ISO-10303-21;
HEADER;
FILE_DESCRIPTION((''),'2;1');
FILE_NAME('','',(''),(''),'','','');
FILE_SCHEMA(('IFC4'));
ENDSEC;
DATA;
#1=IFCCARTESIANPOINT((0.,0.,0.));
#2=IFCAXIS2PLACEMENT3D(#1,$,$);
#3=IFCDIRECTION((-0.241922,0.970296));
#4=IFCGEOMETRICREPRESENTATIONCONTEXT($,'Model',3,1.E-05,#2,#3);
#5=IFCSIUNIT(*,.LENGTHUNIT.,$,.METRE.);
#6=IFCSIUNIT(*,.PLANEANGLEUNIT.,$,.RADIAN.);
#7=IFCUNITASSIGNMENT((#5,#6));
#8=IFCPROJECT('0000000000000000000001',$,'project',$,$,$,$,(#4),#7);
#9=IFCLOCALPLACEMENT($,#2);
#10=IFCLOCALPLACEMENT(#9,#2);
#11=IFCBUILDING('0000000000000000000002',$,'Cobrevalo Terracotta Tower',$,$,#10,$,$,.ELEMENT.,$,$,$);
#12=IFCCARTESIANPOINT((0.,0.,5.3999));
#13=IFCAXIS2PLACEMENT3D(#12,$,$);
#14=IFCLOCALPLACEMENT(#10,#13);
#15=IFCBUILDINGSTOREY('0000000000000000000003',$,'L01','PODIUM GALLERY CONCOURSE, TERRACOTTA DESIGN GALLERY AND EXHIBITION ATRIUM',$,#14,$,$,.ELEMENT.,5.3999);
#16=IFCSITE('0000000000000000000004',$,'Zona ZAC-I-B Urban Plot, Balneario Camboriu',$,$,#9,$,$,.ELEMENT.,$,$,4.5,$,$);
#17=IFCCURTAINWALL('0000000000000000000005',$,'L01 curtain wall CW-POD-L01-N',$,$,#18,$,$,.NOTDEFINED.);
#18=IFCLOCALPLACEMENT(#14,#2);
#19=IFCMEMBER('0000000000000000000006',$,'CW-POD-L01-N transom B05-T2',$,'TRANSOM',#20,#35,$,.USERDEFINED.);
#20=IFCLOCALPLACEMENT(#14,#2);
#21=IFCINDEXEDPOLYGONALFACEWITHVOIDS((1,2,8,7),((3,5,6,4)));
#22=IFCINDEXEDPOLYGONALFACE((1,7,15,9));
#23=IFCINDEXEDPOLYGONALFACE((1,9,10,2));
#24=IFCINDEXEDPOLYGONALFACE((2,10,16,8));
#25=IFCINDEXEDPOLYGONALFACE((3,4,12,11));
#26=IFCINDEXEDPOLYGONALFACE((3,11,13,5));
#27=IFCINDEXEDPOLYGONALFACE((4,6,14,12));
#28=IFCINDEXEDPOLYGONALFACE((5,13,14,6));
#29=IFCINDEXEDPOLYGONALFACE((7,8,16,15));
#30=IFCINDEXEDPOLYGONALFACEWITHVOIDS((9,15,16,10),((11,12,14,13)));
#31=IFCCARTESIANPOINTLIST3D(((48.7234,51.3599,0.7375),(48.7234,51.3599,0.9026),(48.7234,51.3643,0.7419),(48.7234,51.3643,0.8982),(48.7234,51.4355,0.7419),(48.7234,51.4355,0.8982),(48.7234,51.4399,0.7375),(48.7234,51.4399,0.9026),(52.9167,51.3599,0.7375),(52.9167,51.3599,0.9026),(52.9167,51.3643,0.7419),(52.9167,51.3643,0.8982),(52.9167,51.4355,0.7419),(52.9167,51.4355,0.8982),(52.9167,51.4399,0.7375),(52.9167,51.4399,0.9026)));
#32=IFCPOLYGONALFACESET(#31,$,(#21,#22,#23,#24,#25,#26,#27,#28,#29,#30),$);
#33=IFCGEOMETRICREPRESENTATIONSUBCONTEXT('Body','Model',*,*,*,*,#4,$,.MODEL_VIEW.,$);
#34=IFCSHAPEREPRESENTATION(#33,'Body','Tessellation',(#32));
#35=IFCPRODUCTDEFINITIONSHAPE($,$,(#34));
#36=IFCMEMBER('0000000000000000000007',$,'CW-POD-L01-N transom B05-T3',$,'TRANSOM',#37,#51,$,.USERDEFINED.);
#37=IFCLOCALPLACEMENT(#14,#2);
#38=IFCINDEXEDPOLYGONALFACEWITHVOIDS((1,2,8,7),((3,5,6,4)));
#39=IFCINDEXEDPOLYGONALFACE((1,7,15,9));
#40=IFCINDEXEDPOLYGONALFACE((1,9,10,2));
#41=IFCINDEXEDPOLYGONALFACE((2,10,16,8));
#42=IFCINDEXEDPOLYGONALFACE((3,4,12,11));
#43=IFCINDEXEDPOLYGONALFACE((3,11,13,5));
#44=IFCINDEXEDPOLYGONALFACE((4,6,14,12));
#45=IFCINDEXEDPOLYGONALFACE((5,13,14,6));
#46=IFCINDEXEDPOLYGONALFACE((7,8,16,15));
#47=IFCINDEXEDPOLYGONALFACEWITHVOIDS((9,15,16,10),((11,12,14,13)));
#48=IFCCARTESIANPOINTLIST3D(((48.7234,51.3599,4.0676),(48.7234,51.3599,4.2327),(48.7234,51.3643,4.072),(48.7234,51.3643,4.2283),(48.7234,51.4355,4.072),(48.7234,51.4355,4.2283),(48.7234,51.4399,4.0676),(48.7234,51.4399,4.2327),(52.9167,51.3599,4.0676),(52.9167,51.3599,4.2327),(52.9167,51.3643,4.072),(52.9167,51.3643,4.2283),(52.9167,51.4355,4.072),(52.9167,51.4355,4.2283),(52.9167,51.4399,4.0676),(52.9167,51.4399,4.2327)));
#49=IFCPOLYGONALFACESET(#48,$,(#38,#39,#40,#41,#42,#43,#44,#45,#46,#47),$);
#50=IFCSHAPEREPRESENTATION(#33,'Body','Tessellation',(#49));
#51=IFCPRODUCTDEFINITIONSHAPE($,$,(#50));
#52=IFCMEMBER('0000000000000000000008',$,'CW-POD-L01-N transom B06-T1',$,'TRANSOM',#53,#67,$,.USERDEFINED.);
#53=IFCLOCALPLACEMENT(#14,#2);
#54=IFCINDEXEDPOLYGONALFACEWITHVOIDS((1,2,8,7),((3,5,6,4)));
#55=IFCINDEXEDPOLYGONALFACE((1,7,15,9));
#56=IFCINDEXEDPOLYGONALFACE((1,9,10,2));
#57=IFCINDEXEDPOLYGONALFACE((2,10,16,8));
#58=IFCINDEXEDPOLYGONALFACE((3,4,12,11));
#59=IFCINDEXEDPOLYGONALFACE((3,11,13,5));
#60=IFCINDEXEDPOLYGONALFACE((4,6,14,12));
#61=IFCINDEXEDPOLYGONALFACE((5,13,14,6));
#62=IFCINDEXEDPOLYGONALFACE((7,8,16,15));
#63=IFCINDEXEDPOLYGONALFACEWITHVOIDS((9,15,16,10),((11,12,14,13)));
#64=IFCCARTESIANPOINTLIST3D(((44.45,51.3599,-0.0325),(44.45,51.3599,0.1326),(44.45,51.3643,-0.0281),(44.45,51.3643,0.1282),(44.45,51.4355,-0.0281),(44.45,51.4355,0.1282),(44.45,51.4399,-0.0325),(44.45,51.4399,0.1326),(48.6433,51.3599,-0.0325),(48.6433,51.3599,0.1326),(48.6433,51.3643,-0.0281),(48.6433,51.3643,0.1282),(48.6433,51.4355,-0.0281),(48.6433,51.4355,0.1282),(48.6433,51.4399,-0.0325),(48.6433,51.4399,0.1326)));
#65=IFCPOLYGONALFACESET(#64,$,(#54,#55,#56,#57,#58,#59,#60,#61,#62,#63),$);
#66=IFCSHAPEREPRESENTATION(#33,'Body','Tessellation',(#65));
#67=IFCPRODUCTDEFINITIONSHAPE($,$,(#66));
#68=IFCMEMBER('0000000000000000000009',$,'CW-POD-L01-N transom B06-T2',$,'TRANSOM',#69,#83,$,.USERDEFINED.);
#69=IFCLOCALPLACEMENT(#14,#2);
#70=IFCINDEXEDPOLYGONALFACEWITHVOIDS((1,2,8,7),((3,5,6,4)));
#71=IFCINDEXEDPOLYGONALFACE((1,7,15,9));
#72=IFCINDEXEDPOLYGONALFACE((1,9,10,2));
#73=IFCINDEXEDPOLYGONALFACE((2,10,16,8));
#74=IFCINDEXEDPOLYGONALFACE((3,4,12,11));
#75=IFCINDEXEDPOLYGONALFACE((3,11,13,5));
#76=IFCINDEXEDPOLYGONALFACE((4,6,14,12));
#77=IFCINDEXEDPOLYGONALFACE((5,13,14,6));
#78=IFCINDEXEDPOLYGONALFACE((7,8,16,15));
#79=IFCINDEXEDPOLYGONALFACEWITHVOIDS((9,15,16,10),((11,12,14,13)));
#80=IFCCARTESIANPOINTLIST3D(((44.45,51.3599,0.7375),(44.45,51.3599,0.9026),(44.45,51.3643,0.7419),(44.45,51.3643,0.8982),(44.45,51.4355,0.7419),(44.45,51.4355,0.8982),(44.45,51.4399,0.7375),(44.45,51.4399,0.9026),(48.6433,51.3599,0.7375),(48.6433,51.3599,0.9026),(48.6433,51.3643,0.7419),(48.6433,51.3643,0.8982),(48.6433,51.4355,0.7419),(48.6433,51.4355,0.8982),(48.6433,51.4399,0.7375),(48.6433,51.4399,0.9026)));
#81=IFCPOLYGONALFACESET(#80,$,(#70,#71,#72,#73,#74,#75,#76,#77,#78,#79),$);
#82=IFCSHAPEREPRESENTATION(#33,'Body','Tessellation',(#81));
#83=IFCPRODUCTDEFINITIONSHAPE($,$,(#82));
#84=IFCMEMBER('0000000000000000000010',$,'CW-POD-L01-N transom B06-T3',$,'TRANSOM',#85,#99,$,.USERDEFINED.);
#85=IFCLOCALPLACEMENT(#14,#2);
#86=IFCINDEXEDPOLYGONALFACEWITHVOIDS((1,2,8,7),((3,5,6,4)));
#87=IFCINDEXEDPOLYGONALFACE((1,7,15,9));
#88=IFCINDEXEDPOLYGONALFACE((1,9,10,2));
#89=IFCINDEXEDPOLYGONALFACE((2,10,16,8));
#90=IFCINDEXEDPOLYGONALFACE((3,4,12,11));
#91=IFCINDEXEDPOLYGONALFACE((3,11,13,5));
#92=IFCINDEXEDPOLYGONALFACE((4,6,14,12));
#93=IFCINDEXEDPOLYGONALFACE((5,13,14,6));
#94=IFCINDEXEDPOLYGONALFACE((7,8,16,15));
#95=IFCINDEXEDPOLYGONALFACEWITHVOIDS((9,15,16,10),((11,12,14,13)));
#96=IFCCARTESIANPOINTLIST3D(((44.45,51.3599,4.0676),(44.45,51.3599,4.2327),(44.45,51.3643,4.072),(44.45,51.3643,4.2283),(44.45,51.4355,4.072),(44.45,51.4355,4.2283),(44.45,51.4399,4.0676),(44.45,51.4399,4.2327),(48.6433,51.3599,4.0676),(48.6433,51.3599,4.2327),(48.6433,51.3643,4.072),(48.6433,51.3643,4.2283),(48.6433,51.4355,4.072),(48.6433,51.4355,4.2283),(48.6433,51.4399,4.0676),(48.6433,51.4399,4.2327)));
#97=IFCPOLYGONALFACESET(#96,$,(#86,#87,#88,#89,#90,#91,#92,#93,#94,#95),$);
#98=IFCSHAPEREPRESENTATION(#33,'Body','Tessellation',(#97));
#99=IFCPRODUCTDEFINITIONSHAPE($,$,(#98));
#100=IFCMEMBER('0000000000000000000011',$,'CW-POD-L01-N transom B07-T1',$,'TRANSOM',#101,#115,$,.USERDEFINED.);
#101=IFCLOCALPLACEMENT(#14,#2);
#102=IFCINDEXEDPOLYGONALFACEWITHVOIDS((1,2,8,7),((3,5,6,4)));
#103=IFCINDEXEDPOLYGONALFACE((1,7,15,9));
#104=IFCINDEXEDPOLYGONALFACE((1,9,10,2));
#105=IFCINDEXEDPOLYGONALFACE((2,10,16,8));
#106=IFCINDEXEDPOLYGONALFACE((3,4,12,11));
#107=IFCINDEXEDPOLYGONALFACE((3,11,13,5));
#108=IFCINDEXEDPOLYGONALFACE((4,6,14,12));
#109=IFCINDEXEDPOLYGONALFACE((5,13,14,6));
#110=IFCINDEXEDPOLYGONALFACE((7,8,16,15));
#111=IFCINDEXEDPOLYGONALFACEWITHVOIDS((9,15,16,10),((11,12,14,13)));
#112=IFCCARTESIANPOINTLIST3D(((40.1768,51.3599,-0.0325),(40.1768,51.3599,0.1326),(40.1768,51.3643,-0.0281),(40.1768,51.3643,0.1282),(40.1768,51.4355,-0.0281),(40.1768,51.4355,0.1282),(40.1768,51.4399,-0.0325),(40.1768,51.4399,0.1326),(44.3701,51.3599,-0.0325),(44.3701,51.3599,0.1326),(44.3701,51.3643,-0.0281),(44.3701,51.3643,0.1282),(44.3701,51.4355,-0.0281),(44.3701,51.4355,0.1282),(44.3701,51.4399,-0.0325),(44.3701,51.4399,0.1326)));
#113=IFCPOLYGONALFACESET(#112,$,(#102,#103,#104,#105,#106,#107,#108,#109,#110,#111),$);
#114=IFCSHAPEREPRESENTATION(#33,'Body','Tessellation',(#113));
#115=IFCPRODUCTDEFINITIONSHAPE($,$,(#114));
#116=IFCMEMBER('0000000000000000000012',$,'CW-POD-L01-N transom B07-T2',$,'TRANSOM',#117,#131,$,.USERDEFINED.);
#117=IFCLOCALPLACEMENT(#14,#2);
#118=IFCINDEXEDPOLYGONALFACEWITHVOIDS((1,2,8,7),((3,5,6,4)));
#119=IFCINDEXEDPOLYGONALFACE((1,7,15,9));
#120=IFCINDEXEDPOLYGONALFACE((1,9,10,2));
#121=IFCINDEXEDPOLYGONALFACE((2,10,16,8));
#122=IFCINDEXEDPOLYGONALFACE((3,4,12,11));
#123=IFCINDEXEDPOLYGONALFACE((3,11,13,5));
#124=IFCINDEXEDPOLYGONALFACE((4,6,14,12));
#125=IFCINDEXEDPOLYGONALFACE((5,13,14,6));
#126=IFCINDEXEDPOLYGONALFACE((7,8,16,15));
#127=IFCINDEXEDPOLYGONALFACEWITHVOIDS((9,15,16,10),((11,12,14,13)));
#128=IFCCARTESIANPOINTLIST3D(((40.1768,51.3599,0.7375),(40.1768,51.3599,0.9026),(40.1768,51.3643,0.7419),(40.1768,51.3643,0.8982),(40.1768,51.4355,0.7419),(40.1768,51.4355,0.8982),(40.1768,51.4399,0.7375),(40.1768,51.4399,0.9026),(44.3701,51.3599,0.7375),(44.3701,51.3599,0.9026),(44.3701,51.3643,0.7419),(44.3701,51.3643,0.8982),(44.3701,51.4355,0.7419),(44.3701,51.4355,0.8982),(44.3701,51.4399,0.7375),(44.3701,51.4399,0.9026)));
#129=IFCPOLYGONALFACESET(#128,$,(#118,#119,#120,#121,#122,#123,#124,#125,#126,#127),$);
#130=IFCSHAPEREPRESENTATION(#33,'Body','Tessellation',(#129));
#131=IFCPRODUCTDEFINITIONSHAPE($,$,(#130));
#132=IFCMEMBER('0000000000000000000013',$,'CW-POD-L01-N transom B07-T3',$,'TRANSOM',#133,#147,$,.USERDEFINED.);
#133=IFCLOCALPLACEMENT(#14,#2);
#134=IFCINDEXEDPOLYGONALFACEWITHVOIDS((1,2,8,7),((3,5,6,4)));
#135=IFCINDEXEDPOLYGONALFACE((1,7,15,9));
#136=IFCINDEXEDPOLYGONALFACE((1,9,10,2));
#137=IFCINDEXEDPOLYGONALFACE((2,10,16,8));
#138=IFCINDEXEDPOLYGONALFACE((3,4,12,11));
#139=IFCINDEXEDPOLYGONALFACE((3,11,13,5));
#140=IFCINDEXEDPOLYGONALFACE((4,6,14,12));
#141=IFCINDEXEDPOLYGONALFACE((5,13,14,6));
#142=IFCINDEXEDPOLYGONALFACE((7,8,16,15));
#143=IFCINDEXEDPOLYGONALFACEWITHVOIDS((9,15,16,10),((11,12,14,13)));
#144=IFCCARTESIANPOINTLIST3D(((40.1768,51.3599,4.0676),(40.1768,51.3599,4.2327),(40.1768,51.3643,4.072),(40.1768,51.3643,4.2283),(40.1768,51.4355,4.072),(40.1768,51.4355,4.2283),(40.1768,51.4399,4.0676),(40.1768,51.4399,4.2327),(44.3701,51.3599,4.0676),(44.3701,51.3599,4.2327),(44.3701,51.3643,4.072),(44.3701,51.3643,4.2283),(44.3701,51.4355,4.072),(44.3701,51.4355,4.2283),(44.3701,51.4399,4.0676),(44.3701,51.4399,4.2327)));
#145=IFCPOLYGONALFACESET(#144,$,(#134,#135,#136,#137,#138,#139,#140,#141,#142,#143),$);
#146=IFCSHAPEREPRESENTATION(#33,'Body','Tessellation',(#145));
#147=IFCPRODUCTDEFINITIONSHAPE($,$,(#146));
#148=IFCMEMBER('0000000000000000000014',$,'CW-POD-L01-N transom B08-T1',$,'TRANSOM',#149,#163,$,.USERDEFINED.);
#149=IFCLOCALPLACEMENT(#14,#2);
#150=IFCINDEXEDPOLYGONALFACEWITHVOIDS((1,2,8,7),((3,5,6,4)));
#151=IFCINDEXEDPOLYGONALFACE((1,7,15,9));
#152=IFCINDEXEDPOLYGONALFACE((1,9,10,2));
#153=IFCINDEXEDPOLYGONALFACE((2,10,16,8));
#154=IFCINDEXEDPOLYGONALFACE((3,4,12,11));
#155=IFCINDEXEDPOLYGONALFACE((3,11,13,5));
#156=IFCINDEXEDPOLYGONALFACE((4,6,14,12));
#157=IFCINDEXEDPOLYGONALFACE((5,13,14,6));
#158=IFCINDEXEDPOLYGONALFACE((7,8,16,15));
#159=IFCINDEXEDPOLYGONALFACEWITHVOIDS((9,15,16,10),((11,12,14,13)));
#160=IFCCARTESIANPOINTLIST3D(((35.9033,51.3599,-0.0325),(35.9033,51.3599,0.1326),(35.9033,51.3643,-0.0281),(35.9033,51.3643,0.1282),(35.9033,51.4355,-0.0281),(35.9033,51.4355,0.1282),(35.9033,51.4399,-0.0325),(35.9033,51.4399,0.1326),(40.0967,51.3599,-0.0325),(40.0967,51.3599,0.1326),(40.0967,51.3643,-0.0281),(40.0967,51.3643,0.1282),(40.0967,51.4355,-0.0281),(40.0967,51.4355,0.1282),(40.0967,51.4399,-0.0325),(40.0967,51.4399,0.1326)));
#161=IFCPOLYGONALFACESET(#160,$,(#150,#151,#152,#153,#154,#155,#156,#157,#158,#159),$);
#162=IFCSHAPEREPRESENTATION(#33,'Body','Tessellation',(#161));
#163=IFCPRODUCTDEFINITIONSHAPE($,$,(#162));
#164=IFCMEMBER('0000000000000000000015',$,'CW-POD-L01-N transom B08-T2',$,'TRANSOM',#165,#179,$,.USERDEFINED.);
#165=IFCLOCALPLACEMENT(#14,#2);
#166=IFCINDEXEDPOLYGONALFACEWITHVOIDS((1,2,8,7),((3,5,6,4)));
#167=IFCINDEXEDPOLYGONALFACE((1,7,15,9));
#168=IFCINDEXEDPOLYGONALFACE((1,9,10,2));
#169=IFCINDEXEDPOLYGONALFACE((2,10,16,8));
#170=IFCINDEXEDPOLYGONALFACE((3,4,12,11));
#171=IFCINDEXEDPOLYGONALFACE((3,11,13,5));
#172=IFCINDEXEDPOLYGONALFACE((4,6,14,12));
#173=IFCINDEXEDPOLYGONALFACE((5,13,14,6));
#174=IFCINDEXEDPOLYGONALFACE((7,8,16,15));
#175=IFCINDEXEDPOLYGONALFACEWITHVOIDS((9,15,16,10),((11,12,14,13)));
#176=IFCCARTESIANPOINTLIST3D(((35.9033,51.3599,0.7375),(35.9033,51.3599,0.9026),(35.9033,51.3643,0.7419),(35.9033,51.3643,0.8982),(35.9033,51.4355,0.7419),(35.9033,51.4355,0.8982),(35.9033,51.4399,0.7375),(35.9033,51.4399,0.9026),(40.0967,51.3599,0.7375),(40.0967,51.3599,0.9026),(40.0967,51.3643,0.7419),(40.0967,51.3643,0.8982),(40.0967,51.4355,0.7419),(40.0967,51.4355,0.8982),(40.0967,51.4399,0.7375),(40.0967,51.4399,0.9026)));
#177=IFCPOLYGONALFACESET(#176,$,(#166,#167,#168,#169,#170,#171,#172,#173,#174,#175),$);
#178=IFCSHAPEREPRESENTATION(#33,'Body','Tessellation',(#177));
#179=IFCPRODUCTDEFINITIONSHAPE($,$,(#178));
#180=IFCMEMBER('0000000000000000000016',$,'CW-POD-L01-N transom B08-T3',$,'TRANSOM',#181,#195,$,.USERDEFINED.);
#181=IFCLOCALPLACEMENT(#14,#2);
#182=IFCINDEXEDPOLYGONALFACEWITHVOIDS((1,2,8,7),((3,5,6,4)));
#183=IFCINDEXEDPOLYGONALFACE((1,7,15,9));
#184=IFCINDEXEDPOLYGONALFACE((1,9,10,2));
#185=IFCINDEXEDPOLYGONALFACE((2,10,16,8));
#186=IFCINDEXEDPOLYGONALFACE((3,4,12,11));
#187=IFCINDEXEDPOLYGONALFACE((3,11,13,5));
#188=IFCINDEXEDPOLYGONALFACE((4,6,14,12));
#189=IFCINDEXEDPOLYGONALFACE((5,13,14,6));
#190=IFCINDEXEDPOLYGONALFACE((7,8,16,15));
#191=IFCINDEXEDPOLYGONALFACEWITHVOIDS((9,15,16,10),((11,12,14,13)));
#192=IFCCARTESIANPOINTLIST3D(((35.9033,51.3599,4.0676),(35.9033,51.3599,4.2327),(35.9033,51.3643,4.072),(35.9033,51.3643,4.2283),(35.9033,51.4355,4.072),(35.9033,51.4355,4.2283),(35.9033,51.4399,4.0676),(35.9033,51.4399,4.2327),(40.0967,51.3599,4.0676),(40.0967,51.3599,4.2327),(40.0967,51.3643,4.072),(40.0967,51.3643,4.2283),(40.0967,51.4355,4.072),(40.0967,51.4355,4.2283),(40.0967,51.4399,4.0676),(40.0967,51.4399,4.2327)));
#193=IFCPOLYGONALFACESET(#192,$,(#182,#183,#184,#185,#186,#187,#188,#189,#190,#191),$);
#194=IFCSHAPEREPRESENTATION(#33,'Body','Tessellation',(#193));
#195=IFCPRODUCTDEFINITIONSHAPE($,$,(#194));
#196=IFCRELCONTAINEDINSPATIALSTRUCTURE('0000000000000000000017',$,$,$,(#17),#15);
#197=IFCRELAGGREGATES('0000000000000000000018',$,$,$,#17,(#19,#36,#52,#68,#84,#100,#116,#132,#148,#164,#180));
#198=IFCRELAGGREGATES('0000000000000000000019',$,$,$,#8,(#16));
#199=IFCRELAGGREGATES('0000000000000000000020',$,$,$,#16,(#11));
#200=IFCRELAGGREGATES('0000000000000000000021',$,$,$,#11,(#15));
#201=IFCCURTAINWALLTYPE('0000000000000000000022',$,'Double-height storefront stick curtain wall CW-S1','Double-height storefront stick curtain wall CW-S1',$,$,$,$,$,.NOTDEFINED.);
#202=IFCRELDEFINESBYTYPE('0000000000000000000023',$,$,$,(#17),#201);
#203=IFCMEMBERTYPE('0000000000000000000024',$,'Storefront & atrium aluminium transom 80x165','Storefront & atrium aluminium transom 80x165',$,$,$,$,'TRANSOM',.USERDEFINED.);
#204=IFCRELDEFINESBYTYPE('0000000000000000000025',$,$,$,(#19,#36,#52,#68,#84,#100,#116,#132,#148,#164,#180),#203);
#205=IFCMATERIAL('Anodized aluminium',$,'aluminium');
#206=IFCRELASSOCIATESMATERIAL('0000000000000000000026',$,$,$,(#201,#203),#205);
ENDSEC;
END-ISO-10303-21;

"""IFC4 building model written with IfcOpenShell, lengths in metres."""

from ifc_helpers import new_model, si_unit, direction, frame, origin, origin_2d, place, context, subcontext, project, spatial, hollow_rectangle, extrude, source, transform, mapped, material, material_profile, profile_set, type_object, element, aggregate, save


model = new_model("IFC4")

# Units and contexts
model_context = context("Model", 3, precision=1e-05, world=origin(), true_north=direction((-0.241922, 0.970296)))
body_context = subcontext(model_context, "Body", "Model", "MODEL_VIEW")
ifc_project = project(units=[si_unit("LENGTHUNIT", "METRE"), si_unit("PLANEANGLEUNIT", "RADIAN")], contexts=[model_context])

# Site, building, storey
site_placement = place(None, origin())
site = spatial("IfcSite", under=ifc_project, at=site_placement, Name="Zona ZAC-I-B Urban Plot, Balneario Camboriu", CompositionType="ELEMENT", RefElevation=4.5)
building_placement = place(site_placement, origin())
building = spatial("IfcBuilding", under=site, at=building_placement, Name="Cobrevalo Terracotta Tower", CompositionType="ELEMENT")
storey_placement = place(building_placement, frame((0.0, 0.0, 5.3999)))
storey = spatial("IfcBuildingStorey", under=building, at=storey_placement, Name="L01", Description="PODIUM GALLERY CONCOURSE, TERRACOTTA DESIGN GALLERY AND EXHIBITION ATRIUM", CompositionType="ELEMENT", Elevation=5.3999)

# Curtain wall, members
ifc_material_1 = material(Name="Anodized aluminium", Category="aluminium")
curtain_wall_type = type_object("IfcCurtainWallType", Name="Double-height storefront stick curtain wall CW-S1", Description="Double-height storefront stick curtain wall CW-S1", PredefinedType="NOTDEFINED", material=ifc_material_1)
curtain_wall_placement = place(storey_placement, origin())
curtain_wall = element("IfcCurtainWall", 1, at=curtain_wall_placement, inside=storey, type_object=curtain_wall_type, Name="L01 curtain wall CW-POD-L01-N", PredefinedType="NOTDEFINED")
ifc_material_profile_1 = material_profile(ifc_material_1, hollow_rectangle(XDim=0.0801, YDim=0.165, WallThickness=0.0044, at=origin_2d()), Name="CWT 80x165")
ifc_profile_set_1 = profile_set([ifc_material_profile_1], Name="Anodized aluminium")
member_type_1 = type_object("IfcMemberType", Name="Storefront & atrium aluminium transom 80x165", Description="Storefront & atrium aluminium transom 80x165", ElementType="TRANSOM", PredefinedType="USERDEFINED", material=ifc_profile_set_1)
shared_shape_1 = source(origin(), body_context, "Body", "SweptSolid", [
    extrude(hollow_rectangle(XDim=0.0801, YDim=0.165, WallThickness=0.0044, at=origin_2d()), origin(), (0.0, 0.0, 1.0), 4.1934),
])
member_1_placement = place(storey_placement, frame((52.9167, 51.3999, 0.8201), z_axis=(-1.0, 0.0, 0.0), x_axis=(0.0, -1.0, 0.0)))
member_1 = element("IfcMember", 2, at=member_1_placement, type_object=member_type_1, Name="CW-POD-L01-N transom B05-T2", ObjectType="TRANSOM", PredefinedType="USERDEFINED", context=body_context, shape_type="MappedRepresentation", body=[
    mapped(shared_shape_1, transform((0.0, 0.0, 0.0), scale=1.0)),
])
member_2_placement = place(storey_placement, frame((52.9167, 51.3999, 4.1501), z_axis=(-1.0, 0.0, 0.0), x_axis=(0.0, -1.0, 0.0)))
member_2 = element("IfcMember", 3, at=member_2_placement, type_object=member_type_1, Name="CW-POD-L01-N transom B05-T3", ObjectType="TRANSOM", PredefinedType="USERDEFINED", context=body_context, shape_type="MappedRepresentation", body=[
    mapped(shared_shape_1, transform((0.0, 0.0, 0.0), scale=1.0)),
])
member_3_placement = place(storey_placement, frame((48.6433, 51.3999, 0.05), z_axis=(-1.0, 0.0, 0.0), x_axis=(0.0, -1.0, 0.0)))
member_3 = element("IfcMember", 4, at=member_3_placement, type_object=member_type_1, Name="CW-POD-L01-N transom B06-T1", ObjectType="TRANSOM", PredefinedType="USERDEFINED", context=body_context, shape_type="MappedRepresentation", body=[
    mapped(shared_shape_1, transform((0.0, 0.0, 0.0), scale=1.0)),
])
member_4_placement = place(storey_placement, frame((48.6433, 51.3999, 0.8201), z_axis=(-1.0, 0.0, 0.0), x_axis=(0.0, -1.0, 0.0)))
member_4 = element("IfcMember", 5, at=member_4_placement, type_object=member_type_1, Name="CW-POD-L01-N transom B06-T2", ObjectType="TRANSOM", PredefinedType="USERDEFINED", context=body_context, shape_type="MappedRepresentation", body=[
    mapped(shared_shape_1, transform((0.0, 0.0, 0.0), scale=1.0)),
])
member_5_placement = place(storey_placement, frame((48.6433, 51.3999, 4.1501), z_axis=(-1.0, 0.0, 0.0), x_axis=(0.0, -1.0, 0.0)))
member_5 = element("IfcMember", 6, at=member_5_placement, type_object=member_type_1, Name="CW-POD-L01-N transom B06-T3", ObjectType="TRANSOM", PredefinedType="USERDEFINED", context=body_context, shape_type="MappedRepresentation", body=[
    mapped(shared_shape_1, transform((0.0, 0.0, 0.0), scale=1.0)),
])
member_6_placement = place(storey_placement, frame((44.3701, 51.3999, 0.05), z_axis=(-1.0, 0.0, 0.0), x_axis=(0.0, -1.0, 0.0)))
member_6 = element("IfcMember", 7, at=member_6_placement, type_object=member_type_1, Name="CW-POD-L01-N transom B07-T1", ObjectType="TRANSOM", PredefinedType="USERDEFINED", context=body_context, shape_type="MappedRepresentation", body=[
    mapped(shared_shape_1, transform((0.0, 0.0, 0.0), scale=1.0)),
])
member_7_placement = place(storey_placement, frame((44.3701, 51.3999, 0.8201), z_axis=(-1.0, 0.0, 0.0), x_axis=(0.0, -1.0, 0.0)))
member_7 = element("IfcMember", 8, at=member_7_placement, type_object=member_type_1, Name="CW-POD-L01-N transom B07-T2", ObjectType="TRANSOM", PredefinedType="USERDEFINED", context=body_context, shape_type="MappedRepresentation", body=[
    mapped(shared_shape_1, transform((0.0, 0.0, 0.0), scale=1.0)),
])
member_8_placement = place(storey_placement, frame((44.3701, 51.3999, 4.1501), z_axis=(-1.0, 0.0, 0.0), x_axis=(0.0, -1.0, 0.0)))
member_8 = element("IfcMember", 9, at=member_8_placement, type_object=member_type_1, Name="CW-POD-L01-N transom B07-T3", ObjectType="TRANSOM", PredefinedType="USERDEFINED", context=body_context, shape_type="MappedRepresentation", body=[
    mapped(shared_shape_1, transform((0.0, 0.0, 0.0), scale=1.0)),
])
member_9_placement = place(storey_placement, frame((40.0967, 51.3999, 0.05), z_axis=(-1.0, 0.0, 0.0), x_axis=(0.0, -1.0, 0.0)))
member_9 = element("IfcMember", 10, at=member_9_placement, type_object=member_type_1, Name="CW-POD-L01-N transom B08-T1", ObjectType="TRANSOM", PredefinedType="USERDEFINED", context=body_context, shape_type="MappedRepresentation", body=[
    mapped(shared_shape_1, transform((0.0, 0.0, 0.0), scale=1.0)),
])
member_10_placement = place(storey_placement, frame((40.0967, 51.3999, 0.8201), z_axis=(-1.0, 0.0, 0.0), x_axis=(0.0, -1.0, 0.0)))
member_10 = element("IfcMember", 11, at=member_10_placement, type_object=member_type_1, Name="CW-POD-L01-N transom B08-T2", ObjectType="TRANSOM", PredefinedType="USERDEFINED", context=body_context, shape_type="MappedRepresentation", body=[
    mapped(shared_shape_1, transform((0.0, 0.0, 0.0), scale=1.0)),
])
member_11_placement = place(storey_placement, frame((40.0967, 51.3999, 4.1501), z_axis=(-1.0, 0.0, 0.0), x_axis=(0.0, -1.0, 0.0)))
member_11 = element("IfcMember", 12, at=member_11_placement, type_object=member_type_1, Name="CW-POD-L01-N transom B08-T3", ObjectType="TRANSOM", PredefinedType="USERDEFINED", context=body_context, shape_type="MappedRepresentation", body=[
    mapped(shared_shape_1, transform((0.0, 0.0, 0.0), scale=1.0)),
])
aggregate(curtain_wall, [member_1, member_2, member_3, member_4, member_5, member_6, member_7, member_8, member_9, member_10, member_11])

save(model, "model.ifc")
